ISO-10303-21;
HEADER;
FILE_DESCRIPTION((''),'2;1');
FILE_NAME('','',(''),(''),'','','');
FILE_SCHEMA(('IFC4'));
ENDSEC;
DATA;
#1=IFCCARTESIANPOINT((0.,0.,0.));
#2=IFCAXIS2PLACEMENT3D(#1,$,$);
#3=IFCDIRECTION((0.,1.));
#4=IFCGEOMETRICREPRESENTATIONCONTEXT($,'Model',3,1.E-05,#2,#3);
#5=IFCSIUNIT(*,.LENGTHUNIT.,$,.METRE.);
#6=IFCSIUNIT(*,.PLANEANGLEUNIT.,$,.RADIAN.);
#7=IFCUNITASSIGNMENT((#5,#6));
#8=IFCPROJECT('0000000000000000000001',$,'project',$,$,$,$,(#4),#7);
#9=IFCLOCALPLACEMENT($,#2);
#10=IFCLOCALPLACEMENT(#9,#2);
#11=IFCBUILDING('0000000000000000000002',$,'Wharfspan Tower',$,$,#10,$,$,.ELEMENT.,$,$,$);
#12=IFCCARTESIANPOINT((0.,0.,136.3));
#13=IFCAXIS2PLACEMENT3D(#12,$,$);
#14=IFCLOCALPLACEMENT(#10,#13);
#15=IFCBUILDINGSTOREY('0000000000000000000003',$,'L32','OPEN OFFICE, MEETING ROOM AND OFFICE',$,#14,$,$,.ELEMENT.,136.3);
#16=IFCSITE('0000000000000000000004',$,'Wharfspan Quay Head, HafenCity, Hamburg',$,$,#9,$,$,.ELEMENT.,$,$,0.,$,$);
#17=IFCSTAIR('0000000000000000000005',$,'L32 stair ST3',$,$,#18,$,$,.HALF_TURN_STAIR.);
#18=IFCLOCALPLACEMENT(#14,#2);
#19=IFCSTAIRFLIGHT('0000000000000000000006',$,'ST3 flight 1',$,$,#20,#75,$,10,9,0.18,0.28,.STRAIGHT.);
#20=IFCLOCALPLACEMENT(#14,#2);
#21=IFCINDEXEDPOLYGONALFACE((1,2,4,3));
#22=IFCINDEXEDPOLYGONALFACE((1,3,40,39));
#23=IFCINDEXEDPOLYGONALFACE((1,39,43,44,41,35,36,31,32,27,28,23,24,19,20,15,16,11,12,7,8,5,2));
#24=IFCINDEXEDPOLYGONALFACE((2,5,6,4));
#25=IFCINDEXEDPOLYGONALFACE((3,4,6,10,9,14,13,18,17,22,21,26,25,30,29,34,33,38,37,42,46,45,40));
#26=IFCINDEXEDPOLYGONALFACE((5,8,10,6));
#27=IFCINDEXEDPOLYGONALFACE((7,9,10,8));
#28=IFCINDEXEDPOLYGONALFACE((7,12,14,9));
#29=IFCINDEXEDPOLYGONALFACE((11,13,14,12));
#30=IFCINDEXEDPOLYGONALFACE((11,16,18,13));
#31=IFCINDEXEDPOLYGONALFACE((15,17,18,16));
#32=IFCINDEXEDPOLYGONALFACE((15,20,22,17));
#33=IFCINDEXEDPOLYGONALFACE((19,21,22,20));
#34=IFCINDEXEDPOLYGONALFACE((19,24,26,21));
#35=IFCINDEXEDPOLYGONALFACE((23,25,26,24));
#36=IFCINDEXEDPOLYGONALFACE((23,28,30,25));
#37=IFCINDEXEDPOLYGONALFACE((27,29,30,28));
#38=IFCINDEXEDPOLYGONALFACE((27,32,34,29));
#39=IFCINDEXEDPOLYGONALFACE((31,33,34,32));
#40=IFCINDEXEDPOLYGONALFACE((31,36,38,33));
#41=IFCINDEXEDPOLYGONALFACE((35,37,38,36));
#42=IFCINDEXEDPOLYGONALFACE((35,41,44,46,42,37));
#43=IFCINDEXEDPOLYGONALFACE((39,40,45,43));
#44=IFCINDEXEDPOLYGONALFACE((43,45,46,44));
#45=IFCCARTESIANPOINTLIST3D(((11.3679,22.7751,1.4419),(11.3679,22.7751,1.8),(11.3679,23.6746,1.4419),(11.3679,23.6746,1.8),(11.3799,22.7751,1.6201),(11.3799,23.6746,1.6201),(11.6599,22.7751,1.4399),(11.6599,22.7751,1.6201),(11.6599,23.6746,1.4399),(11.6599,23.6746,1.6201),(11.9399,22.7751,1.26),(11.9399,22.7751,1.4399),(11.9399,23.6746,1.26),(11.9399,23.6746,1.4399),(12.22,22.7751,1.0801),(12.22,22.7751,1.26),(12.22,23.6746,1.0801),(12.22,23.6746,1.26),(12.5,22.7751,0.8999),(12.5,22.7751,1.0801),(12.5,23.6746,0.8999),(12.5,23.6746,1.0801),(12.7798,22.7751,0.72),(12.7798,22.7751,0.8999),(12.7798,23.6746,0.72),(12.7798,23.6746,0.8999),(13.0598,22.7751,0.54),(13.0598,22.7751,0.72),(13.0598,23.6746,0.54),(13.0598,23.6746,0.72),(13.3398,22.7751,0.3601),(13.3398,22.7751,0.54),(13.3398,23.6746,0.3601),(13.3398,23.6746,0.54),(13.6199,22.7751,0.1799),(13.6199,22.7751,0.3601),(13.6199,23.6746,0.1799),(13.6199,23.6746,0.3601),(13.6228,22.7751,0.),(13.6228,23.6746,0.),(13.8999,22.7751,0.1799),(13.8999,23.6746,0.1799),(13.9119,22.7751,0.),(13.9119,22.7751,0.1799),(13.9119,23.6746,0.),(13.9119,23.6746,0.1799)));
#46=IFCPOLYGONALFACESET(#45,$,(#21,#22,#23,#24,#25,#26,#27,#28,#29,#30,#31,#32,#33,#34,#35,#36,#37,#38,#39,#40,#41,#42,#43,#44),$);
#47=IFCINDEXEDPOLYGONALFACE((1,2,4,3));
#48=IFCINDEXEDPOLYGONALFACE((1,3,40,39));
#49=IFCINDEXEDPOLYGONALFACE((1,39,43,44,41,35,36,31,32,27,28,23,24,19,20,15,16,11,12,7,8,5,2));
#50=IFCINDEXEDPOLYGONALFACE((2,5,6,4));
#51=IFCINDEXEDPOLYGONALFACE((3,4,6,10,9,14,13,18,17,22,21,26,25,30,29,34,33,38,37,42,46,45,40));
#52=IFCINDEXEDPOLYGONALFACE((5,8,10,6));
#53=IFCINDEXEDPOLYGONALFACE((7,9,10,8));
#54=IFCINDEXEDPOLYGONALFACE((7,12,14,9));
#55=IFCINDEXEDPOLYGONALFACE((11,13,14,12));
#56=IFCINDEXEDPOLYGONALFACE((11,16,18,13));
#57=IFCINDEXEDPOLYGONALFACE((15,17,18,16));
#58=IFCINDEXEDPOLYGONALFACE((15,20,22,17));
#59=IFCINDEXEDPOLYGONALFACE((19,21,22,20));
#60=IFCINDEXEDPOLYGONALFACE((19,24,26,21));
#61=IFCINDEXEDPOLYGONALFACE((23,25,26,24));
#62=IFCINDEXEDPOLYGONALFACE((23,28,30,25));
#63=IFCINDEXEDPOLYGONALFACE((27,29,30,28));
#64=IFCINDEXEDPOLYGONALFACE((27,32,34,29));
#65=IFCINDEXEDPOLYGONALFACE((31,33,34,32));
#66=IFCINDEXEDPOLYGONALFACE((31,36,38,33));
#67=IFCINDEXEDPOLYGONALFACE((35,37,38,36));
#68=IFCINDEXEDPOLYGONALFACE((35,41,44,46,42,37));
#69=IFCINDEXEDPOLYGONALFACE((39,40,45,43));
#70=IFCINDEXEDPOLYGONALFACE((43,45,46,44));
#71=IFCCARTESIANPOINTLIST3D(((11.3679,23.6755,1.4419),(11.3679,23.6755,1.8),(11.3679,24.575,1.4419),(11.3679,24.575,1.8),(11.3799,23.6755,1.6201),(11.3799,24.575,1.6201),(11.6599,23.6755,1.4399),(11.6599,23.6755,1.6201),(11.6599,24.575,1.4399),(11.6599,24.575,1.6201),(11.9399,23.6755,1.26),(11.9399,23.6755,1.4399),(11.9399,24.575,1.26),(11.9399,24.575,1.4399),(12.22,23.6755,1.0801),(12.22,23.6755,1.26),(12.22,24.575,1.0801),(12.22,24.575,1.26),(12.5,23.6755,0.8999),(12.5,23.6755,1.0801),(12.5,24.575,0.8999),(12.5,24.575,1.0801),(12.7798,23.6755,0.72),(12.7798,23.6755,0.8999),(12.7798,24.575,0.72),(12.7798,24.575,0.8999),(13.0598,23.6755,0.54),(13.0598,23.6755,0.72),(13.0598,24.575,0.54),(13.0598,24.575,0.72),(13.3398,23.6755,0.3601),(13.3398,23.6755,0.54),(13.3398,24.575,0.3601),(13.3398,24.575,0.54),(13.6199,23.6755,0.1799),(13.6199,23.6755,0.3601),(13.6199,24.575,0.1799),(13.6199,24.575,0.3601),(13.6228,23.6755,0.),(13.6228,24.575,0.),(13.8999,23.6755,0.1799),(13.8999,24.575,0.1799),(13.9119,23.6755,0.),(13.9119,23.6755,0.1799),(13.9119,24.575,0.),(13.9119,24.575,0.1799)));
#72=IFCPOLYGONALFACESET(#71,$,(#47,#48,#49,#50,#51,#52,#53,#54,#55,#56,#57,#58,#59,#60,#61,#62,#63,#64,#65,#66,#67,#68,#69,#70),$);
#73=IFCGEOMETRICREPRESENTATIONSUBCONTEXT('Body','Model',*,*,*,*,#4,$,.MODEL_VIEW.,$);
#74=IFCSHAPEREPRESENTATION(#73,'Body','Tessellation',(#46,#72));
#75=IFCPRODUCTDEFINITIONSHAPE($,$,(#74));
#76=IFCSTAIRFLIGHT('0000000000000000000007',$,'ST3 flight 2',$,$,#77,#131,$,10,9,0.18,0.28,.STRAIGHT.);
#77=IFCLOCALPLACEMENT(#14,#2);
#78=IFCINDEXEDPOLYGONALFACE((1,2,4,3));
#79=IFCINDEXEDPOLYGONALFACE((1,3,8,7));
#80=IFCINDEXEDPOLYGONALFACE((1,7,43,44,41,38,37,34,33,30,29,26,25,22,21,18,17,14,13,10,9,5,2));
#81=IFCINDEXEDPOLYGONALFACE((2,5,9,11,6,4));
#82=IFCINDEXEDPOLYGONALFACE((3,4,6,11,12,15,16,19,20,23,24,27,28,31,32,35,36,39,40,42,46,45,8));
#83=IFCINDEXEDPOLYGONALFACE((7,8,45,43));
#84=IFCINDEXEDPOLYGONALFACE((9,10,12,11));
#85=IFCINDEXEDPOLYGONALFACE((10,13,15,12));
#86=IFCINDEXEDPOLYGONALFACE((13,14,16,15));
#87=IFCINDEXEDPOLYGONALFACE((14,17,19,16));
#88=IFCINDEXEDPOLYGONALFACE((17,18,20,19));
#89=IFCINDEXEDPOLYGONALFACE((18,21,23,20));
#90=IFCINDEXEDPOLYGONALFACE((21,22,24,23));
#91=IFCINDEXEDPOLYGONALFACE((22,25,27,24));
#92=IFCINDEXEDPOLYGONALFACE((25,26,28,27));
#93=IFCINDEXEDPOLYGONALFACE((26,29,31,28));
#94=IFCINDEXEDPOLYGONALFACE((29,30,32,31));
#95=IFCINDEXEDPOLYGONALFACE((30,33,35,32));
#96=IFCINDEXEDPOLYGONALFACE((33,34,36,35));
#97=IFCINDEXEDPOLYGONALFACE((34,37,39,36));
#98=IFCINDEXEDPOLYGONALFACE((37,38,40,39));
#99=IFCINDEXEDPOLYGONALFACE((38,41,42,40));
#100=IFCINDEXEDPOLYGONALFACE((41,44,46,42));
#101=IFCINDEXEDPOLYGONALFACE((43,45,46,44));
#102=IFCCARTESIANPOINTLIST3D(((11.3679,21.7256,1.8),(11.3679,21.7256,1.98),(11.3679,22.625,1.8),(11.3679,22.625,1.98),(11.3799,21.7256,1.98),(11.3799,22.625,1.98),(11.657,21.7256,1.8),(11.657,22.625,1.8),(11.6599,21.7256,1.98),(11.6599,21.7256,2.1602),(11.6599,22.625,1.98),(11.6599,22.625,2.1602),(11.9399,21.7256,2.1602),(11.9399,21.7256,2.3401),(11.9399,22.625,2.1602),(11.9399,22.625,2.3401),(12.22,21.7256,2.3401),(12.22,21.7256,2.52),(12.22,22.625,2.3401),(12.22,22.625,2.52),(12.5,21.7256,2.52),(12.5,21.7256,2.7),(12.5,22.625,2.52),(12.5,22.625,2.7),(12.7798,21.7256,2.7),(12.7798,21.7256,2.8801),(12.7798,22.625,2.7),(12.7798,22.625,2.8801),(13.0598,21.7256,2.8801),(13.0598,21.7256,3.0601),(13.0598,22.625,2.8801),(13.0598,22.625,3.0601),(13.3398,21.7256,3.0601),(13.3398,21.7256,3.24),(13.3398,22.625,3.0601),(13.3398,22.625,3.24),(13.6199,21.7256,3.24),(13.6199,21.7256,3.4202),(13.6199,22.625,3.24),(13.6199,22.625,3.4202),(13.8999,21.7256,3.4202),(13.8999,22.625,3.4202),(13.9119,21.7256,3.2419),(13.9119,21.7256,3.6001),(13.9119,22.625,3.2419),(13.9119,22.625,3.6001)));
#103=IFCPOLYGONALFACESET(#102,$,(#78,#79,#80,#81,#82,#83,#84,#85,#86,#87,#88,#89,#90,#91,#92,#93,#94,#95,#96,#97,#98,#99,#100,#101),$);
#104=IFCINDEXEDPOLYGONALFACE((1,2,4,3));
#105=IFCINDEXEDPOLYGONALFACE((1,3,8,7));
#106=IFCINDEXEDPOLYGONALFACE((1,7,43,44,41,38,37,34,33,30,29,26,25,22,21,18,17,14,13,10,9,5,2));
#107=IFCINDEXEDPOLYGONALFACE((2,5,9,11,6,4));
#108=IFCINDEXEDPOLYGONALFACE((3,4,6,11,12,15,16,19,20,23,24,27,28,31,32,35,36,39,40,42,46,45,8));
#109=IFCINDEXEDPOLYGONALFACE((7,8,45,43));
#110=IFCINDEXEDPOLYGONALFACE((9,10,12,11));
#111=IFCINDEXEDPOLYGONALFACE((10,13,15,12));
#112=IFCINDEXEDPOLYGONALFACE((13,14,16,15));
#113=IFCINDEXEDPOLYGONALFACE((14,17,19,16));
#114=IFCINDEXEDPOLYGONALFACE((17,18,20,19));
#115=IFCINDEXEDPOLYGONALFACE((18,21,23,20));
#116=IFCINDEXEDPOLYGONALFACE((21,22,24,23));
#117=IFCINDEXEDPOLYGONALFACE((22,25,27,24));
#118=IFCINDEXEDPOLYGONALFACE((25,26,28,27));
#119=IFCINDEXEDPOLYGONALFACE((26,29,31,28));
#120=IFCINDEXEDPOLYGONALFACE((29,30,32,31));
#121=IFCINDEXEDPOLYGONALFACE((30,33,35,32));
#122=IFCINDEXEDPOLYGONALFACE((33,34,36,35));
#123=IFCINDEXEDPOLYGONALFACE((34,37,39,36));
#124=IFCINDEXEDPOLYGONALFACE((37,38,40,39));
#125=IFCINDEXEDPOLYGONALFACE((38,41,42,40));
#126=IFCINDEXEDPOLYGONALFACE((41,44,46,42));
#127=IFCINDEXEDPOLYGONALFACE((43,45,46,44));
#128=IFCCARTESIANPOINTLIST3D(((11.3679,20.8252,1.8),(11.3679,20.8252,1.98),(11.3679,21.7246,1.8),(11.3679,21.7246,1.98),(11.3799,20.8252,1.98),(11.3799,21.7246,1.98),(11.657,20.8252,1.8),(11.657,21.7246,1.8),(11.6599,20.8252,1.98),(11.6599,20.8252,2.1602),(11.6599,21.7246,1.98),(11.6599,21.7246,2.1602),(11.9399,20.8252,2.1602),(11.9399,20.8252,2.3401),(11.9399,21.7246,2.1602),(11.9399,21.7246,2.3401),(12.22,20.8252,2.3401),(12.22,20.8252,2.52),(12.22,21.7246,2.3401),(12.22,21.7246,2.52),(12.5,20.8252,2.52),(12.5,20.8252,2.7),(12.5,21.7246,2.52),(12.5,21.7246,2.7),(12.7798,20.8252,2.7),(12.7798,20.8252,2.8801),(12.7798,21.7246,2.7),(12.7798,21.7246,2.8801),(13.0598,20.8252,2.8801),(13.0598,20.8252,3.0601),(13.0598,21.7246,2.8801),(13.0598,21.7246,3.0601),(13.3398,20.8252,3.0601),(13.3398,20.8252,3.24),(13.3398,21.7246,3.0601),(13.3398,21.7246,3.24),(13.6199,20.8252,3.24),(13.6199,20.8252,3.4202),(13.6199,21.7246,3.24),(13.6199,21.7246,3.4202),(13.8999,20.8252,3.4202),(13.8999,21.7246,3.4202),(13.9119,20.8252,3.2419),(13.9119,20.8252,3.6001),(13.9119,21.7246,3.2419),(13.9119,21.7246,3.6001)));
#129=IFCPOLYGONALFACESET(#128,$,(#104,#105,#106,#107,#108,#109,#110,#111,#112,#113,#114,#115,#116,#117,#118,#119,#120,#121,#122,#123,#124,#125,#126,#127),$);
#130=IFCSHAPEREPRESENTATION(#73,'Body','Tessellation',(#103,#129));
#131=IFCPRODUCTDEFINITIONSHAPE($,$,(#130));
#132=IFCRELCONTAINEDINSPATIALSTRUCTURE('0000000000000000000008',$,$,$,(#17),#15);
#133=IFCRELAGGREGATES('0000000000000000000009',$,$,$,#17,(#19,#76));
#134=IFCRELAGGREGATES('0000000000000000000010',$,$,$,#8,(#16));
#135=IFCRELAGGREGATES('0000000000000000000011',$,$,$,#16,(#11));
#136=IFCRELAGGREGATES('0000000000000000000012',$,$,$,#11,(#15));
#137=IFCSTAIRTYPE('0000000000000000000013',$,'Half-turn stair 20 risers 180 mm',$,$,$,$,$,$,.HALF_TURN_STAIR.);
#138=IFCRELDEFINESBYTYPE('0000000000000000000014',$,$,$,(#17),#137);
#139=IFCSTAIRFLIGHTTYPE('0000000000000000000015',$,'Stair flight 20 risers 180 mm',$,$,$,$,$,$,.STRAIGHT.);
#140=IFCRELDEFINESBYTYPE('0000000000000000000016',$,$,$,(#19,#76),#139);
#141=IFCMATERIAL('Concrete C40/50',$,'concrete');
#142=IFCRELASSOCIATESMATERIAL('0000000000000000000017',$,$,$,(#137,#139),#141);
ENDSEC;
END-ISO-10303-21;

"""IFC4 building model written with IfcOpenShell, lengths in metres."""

from ifc_helpers import new_model, si_unit, direction, frame, origin, place, context, subcontext, project, spatial, polyline, outline, extrude, material, type_object, element, aggregate, save


model = new_model("IFC4")

# Units and contexts
model_context = context("Model", 3, precision=1e-05, world=origin(), true_north=direction((0.0, 1.0)))
body_context = subcontext(model_context, "Body", "Model", "MODEL_VIEW")
ifc_project = project(units=[si_unit("LENGTHUNIT", "METRE"), si_unit("PLANEANGLEUNIT", "RADIAN")], contexts=[model_context])

# Site, building, storey
site_placement = place(None, origin())
site = spatial("IfcSite", under=ifc_project, at=site_placement, Name="Wharfspan Quay Head, HafenCity, Hamburg", CompositionType="ELEMENT", RefElevation=0.0)
building_placement = place(site_placement, origin())
building = spatial("IfcBuilding", under=site, at=building_placement, Name="Wharfspan Tower", CompositionType="ELEMENT")
storey_placement = place(building_placement, frame((0.0, 0.0, 136.3)))
storey = spatial("IfcBuildingStorey", under=building, at=storey_placement, Name="L32", Description="OPEN OFFICE, MEETING ROOM AND OFFICE", CompositionType="ELEMENT", Elevation=136.3)

# Shared definitions
ifc_material_1 = material(Name="Concrete C40/50", Category="concrete")

# Stair, stair flights
stair_type = type_object("IfcStairType", Name="Half-turn stair 20 risers 180 mm", PredefinedType="HALF_TURN_STAIR", material=ifc_material_1)
stair_placement = place(storey_placement, origin())
stair = element("IfcStair", 1, at=stair_placement, inside=storey, type_object=stair_type, Name="L32 stair ST3", PredefinedType="HALF_TURN_STAIR")
stair_flight_type = type_object("IfcStairFlightType", Name="Stair flight 20 risers 180 mm", PredefinedType="STRAIGHT", material=ifc_material_1)
stair_flight_1_placement = place(storey_placement, frame((13.8999, 23.675, 0.0), z_axis=(0.0, 0.0, 1.0), x_axis=(-1.0, 0.0, 0.0)))
stair_flight_1 = element("IfcStairFlight", 2, at=stair_flight_1_placement, type_object=stair_flight_type, Name="ST3 flight 1", NumberOfRisers=10, NumberOfTreads=9, PredefinedType="STRAIGHT", RiserHeight=0.18, TreadLength=0.28, context=body_context, shape_type="SweptSolid", body=[
    extrude(outline(polyline([(-0.012, 0.0), (-0.012, 0.1799), (0.0, 0.1799), (0.28, 0.1799), (0.28, 0.3601), (0.5601, 0.3601), (0.5601, 0.54), (0.8401, 0.54), (0.8401, 0.72), (1.1201, 0.72), (1.1201, 0.8999), (1.3999, 0.8999), (1.3999, 1.0801), (1.6799, 1.0801), (1.6799, 1.26), (1.96, 1.26), (1.96, 1.4399), (2.24, 1.4399), (2.24, 1.6201), (2.52, 1.6201), (2.532, 1.8), (2.532, 1.4419), (0.2771, 0.0), (-0.012, 0.0)])), frame((0.0, 0.8999, 0.0), z_axis=(0.0, -1.0, 0.0), x_axis=(1.0, 0.0, 0.0)), (0.0, 0.0, 1.0), 0.8994),
    extrude(outline(polyline([(-0.012, 0.0), (-0.012, 0.1799), (0.0, 0.1799), (0.28, 0.1799), (0.28, 0.3601), (0.5601, 0.3601), (0.5601, 0.54), (0.8401, 0.54), (0.8401, 0.72), (1.1201, 0.72), (1.1201, 0.8999), (1.3999, 0.8999), (1.3999, 1.0801), (1.6799, 1.0801), (1.6799, 1.26), (1.96, 1.26), (1.96, 1.4399), (2.24, 1.4399), (2.24, 1.6201), (2.52, 1.6201), (2.532, 1.8), (2.532, 1.4419), (0.2771, 0.0), (-0.012, 0.0)])), frame((0.0, -0.0005, 0.0), z_axis=(0.0, -1.0, 0.0), x_axis=(1.0, 0.0, 0.0)), (0.0, 0.0, 1.0), 0.8994),
])
stair_flight_2_placement = place(storey_placement, frame((11.3799, 21.7251, 1.8), z_axis=(0.0, 0.0, 1.0), x_axis=(1.0, 0.0, 0.0)))
stair_flight_2 = element("IfcStairFlight", 3, at=stair_flight_2_placement, type_object=stair_flight_type, Name="ST3 flight 2", NumberOfRisers=10, NumberOfTreads=9, PredefinedType="STRAIGHT", RiserHeight=0.18, TreadLength=0.28, context=body_context, shape_type="SweptSolid", body=[
    extrude(outline(polyline([(-0.012, 0.0), (-0.012, 0.1799), (0.0, 0.1799), (0.28, 0.1799), (0.28, 0.3601), (0.5601, 0.3601), (0.5601, 0.54), (0.8401, 0.54), (0.8401, 0.72), (1.1201, 0.72), (1.1201, 0.8999), (1.3999, 0.8999), (1.3999, 1.0801), (1.6799, 1.0801), (1.6799, 1.26), (1.96, 1.26), (1.96, 1.4399), (2.24, 1.4399), (2.24, 1.6201), (2.52, 1.6201), (2.532, 1.8), (2.532, 1.4419), (0.2771, 0.0), (-0.012, 0.0)])), frame((0.0, 0.8999, 0.0), z_axis=(0.0, -1.0, 0.0), x_axis=(1.0, 0.0, 0.0)), (0.0, 0.0, 1.0), 0.8994),
    extrude(outline(polyline([(-0.012, 0.0), (-0.012, 0.1799), (0.0, 0.1799), (0.28, 0.1799), (0.28, 0.3601), (0.5601, 0.3601), (0.5601, 0.54), (0.8401, 0.54), (0.8401, 0.72), (1.1201, 0.72), (1.1201, 0.8999), (1.3999, 0.8999), (1.3999, 1.0801), (1.6799, 1.0801), (1.6799, 1.26), (1.96, 1.26), (1.96, 1.4399), (2.24, 1.4399), (2.24, 1.6201), (2.52, 1.6201), (2.532, 1.8), (2.532, 1.4419), (0.2771, 0.0), (-0.012, 0.0)])), frame((0.0, -0.0005, 0.0), z_axis=(0.0, -1.0, 0.0), x_axis=(1.0, 0.0, 0.0)), (0.0, 0.0, 1.0), 0.8994),
])
aggregate(stair, [stair_flight_1, stair_flight_2])

save(model, "model.ifc")
